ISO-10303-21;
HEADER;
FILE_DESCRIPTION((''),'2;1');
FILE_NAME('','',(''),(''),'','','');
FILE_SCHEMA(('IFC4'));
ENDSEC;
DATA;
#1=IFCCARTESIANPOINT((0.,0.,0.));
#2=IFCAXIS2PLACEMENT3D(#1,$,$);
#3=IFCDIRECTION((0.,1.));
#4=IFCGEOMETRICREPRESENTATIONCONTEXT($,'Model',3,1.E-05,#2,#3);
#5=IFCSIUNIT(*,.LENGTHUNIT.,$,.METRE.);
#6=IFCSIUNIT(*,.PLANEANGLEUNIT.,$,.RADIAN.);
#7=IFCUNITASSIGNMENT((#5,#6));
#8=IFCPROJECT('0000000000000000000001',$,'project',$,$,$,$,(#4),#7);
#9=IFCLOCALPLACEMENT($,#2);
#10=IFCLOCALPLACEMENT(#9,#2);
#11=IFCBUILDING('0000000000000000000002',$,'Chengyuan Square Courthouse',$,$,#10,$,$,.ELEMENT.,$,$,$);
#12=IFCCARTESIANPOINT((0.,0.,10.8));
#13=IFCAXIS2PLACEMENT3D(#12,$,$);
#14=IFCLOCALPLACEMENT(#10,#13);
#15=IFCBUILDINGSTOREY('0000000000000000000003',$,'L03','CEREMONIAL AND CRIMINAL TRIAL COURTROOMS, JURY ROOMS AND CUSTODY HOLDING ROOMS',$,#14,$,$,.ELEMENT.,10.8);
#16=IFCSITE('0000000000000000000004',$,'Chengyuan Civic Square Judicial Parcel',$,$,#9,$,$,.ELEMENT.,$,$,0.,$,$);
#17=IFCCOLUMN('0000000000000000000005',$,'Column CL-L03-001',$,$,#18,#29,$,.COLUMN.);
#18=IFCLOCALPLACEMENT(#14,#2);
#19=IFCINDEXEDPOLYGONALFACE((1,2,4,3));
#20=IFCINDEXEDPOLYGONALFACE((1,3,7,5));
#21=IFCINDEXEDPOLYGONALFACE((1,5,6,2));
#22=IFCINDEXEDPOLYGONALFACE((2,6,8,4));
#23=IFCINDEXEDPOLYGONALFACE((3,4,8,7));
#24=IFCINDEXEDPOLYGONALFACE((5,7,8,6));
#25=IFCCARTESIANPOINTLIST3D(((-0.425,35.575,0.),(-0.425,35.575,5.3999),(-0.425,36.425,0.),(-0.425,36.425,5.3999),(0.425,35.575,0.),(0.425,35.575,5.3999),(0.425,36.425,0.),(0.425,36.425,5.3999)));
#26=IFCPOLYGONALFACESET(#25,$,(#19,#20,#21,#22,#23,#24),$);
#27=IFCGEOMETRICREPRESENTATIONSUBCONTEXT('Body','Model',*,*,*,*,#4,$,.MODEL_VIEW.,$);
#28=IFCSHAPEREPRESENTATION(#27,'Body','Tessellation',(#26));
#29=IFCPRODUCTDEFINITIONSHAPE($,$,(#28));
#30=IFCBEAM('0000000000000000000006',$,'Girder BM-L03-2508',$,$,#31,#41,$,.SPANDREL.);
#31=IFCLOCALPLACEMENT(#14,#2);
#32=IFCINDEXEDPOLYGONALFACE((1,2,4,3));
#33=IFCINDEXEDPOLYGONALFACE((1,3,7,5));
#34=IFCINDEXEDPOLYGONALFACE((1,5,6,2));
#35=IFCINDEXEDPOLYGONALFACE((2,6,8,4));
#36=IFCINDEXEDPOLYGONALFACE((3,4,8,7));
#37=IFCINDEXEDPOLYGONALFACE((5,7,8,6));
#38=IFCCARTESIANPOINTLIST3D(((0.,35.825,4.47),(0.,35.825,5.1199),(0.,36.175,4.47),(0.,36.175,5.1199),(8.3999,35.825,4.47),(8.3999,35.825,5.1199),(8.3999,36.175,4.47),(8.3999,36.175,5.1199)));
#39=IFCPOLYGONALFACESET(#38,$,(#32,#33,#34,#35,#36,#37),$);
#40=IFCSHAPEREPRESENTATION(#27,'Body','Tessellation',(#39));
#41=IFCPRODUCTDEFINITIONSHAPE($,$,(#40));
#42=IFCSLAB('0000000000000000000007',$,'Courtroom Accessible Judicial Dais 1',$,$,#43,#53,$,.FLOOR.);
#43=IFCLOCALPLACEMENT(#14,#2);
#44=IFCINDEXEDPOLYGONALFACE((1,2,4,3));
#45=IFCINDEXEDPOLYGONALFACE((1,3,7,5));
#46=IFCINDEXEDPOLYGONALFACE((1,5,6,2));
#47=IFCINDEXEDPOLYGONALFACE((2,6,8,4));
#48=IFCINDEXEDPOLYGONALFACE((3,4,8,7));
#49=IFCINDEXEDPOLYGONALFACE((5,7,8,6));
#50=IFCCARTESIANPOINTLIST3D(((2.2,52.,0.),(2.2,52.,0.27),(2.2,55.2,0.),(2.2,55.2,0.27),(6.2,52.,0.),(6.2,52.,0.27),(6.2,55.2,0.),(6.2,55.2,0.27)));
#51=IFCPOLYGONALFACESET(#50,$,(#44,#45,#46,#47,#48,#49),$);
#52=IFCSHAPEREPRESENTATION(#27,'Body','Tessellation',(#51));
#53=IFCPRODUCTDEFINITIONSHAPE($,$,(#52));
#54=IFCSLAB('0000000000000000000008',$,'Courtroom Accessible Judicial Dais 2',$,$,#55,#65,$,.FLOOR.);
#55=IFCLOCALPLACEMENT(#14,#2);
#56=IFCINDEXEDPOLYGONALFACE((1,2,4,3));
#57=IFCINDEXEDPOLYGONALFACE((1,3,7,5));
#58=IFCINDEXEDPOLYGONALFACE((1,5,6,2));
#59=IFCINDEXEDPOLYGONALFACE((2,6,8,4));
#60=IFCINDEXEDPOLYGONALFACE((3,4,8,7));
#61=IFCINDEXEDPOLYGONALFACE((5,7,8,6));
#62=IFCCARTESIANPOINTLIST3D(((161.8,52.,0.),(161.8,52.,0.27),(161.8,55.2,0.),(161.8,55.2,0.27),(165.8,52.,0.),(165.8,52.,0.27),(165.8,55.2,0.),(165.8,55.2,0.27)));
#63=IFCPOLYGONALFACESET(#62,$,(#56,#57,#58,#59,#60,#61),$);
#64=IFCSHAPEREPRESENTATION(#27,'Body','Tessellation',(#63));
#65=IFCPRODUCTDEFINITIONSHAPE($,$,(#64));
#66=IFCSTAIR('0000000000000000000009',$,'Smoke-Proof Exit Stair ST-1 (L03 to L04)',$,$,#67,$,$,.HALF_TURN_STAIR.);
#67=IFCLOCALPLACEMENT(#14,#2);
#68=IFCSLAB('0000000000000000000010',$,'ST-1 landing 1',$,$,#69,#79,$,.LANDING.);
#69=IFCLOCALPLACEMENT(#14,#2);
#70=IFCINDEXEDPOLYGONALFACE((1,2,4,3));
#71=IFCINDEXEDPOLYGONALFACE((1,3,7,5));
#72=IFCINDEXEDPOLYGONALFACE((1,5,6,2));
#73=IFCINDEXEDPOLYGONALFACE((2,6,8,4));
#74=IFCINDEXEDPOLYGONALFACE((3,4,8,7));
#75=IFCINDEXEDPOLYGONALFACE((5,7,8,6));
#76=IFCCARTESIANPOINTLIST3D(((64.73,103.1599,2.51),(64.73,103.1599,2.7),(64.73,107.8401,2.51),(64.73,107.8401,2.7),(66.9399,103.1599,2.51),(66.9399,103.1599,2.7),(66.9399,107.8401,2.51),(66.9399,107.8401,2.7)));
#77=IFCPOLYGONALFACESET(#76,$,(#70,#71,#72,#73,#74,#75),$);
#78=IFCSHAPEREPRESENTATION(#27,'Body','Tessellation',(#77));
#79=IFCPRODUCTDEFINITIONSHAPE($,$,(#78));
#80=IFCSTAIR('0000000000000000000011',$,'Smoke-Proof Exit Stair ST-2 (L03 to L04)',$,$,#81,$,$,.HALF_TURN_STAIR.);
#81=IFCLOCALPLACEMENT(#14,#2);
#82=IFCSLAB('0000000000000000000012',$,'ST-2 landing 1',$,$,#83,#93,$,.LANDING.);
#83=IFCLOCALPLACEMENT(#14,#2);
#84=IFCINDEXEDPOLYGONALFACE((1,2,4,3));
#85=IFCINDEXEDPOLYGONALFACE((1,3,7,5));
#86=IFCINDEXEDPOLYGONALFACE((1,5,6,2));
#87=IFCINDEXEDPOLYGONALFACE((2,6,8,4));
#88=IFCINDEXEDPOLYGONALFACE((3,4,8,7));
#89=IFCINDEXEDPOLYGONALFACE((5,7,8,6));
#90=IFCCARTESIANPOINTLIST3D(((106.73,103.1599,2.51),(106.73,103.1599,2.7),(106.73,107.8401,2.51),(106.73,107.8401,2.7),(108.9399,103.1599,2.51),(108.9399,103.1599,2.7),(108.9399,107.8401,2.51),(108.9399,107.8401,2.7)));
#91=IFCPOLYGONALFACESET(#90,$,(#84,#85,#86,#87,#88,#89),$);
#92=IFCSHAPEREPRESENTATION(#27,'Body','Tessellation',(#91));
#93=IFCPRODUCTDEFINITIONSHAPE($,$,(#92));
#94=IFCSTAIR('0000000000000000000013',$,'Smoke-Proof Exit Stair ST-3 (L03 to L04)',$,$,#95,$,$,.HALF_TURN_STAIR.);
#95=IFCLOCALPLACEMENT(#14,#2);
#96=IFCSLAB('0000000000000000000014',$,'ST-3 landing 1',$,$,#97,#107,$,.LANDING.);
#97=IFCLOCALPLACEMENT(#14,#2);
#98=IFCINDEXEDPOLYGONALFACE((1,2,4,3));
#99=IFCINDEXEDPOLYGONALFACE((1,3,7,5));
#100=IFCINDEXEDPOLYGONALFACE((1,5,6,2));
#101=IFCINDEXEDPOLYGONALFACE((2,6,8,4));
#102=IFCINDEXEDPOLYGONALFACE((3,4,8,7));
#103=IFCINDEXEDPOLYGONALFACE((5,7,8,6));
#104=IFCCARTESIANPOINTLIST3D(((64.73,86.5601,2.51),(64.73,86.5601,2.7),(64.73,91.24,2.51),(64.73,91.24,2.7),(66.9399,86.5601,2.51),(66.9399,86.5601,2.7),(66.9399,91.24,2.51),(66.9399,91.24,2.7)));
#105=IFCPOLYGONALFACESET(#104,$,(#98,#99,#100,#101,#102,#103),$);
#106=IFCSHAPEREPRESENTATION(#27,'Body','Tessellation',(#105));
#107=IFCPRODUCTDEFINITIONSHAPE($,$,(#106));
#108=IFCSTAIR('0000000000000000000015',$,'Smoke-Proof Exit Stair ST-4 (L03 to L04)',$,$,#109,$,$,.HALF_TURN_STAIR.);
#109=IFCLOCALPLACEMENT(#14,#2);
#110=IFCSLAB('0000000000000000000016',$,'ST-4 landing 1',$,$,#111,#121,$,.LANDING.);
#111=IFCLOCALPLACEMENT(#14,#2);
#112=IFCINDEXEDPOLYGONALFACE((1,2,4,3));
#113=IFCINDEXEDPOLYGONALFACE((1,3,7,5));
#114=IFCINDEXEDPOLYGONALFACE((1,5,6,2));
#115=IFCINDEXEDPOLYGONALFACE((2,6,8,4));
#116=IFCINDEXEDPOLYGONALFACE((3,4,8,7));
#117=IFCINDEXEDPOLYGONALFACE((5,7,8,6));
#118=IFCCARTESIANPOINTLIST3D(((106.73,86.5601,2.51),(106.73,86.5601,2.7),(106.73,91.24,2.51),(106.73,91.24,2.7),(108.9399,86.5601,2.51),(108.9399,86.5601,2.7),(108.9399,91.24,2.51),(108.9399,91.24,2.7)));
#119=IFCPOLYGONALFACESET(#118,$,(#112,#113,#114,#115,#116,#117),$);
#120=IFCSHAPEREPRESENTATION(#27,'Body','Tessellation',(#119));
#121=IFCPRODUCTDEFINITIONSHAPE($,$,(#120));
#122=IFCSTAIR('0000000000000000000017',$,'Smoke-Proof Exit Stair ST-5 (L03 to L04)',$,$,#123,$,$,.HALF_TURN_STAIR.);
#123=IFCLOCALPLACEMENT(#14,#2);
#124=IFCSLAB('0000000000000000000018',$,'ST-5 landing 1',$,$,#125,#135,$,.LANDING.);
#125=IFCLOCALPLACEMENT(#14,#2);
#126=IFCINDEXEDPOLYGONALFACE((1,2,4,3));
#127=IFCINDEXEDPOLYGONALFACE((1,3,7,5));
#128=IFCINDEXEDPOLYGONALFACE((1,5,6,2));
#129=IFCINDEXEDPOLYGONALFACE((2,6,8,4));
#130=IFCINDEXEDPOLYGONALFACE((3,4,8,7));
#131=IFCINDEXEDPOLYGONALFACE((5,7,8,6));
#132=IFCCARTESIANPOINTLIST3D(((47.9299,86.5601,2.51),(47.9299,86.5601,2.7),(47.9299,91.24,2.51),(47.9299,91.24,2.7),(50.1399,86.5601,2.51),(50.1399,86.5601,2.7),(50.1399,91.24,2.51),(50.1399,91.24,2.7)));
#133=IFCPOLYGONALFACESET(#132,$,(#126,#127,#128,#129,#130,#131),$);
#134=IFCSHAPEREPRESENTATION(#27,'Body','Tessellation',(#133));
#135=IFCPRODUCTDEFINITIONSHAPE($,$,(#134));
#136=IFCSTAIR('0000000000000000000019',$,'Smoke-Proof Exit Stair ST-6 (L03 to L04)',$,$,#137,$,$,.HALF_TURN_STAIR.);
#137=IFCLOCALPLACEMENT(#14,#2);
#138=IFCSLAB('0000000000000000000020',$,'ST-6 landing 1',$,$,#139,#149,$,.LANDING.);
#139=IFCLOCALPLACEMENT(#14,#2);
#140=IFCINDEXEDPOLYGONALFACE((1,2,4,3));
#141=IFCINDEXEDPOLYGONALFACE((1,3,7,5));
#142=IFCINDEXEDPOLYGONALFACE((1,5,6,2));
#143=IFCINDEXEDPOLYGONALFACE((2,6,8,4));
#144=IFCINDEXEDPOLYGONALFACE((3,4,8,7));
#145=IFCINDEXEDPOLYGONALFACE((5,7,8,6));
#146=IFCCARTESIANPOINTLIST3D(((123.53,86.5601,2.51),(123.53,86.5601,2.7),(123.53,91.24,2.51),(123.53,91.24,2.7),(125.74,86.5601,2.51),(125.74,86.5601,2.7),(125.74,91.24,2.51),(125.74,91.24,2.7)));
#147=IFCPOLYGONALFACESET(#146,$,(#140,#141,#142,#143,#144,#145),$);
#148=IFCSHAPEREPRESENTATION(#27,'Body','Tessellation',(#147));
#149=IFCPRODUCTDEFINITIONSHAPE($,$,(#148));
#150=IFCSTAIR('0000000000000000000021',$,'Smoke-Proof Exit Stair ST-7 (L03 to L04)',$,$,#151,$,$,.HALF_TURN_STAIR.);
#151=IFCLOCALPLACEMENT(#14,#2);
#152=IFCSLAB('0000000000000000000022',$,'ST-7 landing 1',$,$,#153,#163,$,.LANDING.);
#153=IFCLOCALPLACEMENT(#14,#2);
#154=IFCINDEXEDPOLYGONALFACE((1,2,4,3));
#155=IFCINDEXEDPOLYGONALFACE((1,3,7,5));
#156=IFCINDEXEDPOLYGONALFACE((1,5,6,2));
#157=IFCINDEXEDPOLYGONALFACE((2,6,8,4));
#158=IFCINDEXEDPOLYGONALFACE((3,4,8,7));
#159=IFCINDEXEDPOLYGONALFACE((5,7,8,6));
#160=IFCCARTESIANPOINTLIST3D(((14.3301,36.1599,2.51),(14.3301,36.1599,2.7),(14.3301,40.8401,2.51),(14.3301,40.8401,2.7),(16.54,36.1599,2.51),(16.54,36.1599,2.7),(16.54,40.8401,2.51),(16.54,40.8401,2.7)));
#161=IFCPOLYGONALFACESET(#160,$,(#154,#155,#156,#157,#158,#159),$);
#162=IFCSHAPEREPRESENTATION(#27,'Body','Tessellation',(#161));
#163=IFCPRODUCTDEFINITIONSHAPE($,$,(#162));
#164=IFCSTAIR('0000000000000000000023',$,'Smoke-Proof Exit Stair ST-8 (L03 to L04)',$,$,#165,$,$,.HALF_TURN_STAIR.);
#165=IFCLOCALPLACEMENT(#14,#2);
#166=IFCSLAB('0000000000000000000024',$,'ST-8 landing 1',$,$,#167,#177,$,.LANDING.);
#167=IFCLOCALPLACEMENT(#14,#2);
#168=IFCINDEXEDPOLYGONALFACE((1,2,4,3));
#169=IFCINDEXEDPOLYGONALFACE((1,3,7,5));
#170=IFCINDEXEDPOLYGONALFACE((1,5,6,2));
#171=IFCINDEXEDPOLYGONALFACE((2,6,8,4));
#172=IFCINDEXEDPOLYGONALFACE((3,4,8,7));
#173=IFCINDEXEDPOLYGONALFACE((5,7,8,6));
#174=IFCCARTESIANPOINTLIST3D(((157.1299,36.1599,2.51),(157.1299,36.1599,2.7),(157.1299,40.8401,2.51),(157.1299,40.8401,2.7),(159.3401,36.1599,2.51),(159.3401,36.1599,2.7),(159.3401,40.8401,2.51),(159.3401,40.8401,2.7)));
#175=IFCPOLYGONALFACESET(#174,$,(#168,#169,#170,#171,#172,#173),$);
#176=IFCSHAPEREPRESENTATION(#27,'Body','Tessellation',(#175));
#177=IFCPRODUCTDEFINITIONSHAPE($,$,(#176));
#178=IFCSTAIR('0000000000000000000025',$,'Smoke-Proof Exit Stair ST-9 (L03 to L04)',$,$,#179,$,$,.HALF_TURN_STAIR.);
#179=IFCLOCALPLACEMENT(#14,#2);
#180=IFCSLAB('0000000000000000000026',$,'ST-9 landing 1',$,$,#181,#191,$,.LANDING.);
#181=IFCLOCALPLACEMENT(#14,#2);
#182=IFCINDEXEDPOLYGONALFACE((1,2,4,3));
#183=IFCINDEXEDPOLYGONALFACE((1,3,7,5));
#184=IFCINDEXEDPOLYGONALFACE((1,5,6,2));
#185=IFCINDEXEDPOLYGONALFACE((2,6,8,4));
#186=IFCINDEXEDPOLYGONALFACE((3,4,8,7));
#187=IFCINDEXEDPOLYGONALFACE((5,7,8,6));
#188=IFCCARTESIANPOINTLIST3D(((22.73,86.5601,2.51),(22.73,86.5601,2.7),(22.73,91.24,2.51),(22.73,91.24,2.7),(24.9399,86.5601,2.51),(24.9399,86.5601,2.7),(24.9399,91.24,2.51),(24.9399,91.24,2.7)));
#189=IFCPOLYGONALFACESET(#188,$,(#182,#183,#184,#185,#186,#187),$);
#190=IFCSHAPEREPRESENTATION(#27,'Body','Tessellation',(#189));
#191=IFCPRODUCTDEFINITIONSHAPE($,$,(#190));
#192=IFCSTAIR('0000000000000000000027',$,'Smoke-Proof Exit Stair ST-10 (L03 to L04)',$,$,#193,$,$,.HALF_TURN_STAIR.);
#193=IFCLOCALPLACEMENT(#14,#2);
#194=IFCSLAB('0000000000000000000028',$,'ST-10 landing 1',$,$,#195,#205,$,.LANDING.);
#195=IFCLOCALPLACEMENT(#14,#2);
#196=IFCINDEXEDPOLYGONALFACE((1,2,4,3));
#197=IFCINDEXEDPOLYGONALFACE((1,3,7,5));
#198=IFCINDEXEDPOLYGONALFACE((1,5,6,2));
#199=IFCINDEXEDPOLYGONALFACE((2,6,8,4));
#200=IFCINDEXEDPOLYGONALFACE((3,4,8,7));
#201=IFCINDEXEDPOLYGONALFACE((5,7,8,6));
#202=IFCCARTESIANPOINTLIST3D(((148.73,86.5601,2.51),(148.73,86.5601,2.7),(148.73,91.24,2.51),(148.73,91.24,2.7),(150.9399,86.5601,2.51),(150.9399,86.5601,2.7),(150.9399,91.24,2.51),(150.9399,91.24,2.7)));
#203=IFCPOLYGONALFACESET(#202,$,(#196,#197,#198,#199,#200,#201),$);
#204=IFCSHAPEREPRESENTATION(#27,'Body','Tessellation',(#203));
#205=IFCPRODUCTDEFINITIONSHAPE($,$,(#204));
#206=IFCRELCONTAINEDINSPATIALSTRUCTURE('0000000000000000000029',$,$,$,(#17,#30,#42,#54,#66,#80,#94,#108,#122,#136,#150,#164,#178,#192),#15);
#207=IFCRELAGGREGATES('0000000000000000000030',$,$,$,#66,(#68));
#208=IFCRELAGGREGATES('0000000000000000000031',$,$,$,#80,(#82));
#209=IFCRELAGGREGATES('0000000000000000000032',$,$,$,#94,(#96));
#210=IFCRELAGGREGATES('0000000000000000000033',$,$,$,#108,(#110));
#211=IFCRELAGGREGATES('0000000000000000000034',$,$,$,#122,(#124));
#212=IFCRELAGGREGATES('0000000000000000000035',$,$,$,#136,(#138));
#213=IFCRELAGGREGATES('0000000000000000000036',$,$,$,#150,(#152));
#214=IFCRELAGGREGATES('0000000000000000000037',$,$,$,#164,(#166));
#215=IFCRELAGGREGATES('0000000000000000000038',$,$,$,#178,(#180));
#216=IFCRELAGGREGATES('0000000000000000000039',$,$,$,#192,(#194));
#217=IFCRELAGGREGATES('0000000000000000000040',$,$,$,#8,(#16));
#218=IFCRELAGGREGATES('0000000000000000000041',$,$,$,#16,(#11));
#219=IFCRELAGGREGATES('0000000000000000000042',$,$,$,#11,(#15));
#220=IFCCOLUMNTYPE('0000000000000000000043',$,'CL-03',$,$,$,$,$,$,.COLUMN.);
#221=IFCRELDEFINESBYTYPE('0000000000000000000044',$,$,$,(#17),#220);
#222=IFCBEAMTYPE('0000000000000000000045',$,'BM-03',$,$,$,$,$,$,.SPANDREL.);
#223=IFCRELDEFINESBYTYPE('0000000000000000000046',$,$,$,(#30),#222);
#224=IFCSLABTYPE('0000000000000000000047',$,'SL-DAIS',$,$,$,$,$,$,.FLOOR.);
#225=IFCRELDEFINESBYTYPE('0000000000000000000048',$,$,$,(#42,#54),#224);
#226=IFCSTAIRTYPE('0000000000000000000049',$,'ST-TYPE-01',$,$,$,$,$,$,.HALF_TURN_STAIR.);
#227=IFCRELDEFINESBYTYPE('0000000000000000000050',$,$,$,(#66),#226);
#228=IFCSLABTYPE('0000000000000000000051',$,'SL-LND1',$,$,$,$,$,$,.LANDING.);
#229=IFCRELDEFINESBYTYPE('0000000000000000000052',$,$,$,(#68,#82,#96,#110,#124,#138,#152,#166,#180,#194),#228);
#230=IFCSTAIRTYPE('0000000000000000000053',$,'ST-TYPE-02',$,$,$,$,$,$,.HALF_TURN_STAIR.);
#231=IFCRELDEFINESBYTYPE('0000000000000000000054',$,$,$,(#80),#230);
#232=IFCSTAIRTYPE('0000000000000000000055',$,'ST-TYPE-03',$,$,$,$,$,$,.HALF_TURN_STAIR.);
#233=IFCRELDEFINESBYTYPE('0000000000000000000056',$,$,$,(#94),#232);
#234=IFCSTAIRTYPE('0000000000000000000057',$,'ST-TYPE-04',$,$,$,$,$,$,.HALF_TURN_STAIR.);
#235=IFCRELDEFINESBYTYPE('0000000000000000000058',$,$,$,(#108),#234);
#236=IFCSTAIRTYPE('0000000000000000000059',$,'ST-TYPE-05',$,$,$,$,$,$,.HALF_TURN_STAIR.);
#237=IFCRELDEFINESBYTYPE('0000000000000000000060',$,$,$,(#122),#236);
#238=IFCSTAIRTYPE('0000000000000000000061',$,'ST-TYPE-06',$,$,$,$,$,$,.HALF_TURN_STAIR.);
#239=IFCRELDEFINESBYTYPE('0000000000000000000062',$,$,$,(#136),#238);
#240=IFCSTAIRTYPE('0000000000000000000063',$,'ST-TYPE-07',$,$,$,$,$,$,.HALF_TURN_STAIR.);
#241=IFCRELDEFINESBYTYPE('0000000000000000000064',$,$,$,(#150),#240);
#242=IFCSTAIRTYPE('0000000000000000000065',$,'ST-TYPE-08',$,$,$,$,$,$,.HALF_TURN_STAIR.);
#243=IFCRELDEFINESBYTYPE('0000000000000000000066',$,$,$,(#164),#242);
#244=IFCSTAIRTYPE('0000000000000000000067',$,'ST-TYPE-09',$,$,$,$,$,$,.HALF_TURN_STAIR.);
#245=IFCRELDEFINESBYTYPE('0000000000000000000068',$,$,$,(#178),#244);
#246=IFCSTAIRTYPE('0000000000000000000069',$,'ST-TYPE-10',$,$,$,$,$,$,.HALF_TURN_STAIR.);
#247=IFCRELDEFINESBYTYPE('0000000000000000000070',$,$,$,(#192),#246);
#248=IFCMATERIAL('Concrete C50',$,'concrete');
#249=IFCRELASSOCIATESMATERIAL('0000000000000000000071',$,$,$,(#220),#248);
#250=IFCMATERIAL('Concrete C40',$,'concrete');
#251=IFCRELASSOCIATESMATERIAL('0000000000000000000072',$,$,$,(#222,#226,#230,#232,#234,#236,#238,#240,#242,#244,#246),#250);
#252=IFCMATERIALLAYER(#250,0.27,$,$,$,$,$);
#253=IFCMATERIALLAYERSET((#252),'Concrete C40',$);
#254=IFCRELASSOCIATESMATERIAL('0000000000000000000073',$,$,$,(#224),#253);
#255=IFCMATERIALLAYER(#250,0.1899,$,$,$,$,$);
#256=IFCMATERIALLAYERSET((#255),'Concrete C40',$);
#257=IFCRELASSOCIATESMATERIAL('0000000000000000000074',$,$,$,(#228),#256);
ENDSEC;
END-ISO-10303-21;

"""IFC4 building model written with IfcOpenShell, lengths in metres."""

from ifc_helpers import new_model, si_unit, direction, frame, origin, origin_2d, place, context, subcontext, project, spatial, polyline, rectangle, outline, extrude, material, layer, layer_set, material_profile, profile_set, type_object, element, aggregate, save


model = new_model("IFC4")

# Units and contexts
model_context = context("Model", 3, precision=1e-05, world=origin(), true_north=direction((0.0, 1.0)))
body_context = subcontext(model_context, "Body", "Model", "MODEL_VIEW")
ifc_project = project(units=[si_unit("LENGTHUNIT", "METRE"), si_unit("PLANEANGLEUNIT", "RADIAN")], contexts=[model_context])

# Site, building, storey
site_placement = place(None, origin())
site = spatial("IfcSite", under=ifc_project, at=site_placement, Name="Chengyuan Civic Square Judicial Parcel", CompositionType="ELEMENT", RefElevation=0.0)
building_placement = place(site_placement, origin())
building = spatial("IfcBuilding", under=site, at=building_placement, Name="Chengyuan Square Courthouse", CompositionType="ELEMENT")
storey_placement = place(building_placement, frame((0.0, 0.0, 10.8)))
storey = spatial("IfcBuildingStorey", under=building, at=storey_placement, Name="L03", Description="CEREMONIAL AND CRIMINAL TRIAL COURTROOMS, JURY ROOMS AND CUSTODY HOLDING ROOMS", CompositionType="ELEMENT", Elevation=10.8)

# Column
ifc_material_1 = material(Name="Concrete C50", Category="concrete")
ifc_material_profile_1 = material_profile(ifc_material_1, rectangle(XDim=0.8501, YDim=0.8501, at=origin_2d()), Name="RC-COL-850x850")
ifc_profile_set_1 = profile_set([ifc_material_profile_1], Name="Concrete C50")
column_type = type_object("IfcColumnType", Name="CL-03", PredefinedType="COLUMN", material=ifc_profile_set_1)
column_placement = place(storey_placement, frame((0.0, 36.0, 0.0), z_axis=(0.0, 0.0, 1.0), x_axis=(1.0, 0.0, 0.0)))
element("IfcColumn", 1, at=column_placement, inside=storey, type_object=column_type, Name="Column CL-L03-001", PredefinedType="COLUMN", context=body_context, shape_type="SweptSolid", body=[
    extrude(rectangle(XDim=0.8501, YDim=0.8501, at=origin_2d()), origin(), (0.0, 0.0, 1.0), 5.3999),
])

# Beam
ifc_material_2 = material(Name="Concrete C40", Category="concrete")
ifc_material_profile_2 = material_profile(ifc_material_2, rectangle(XDim=0.3501, YDim=0.6499, at=origin_2d()), Name="RC-BM-350x650")
ifc_profile_set_2 = profile_set([ifc_material_profile_2], Name="Concrete C40")
beam_type = type_object("IfcBeamType", Name="BM-03", PredefinedType="SPANDREL", material=ifc_profile_set_2)
beam_placement = place(storey_placement, frame((0.0, 36.0, 4.7949), z_axis=(1.0, 0.0, 0.0), x_axis=(0.0, 1.0, 0.0)))
element("IfcBeam", 2, at=beam_placement, inside=storey, type_object=beam_type, Name="Girder BM-L03-2508", PredefinedType="SPANDREL", context=body_context, shape_type="SweptSolid", body=[
    extrude(rectangle(XDim=0.3501, YDim=0.6499, at=origin_2d()), origin(), (0.0, 0.0, 1.0), 8.3999),
])

# Slabs
ifc_layer_1 = layer(ifc_material_2, 0.27)
ifc_layer_set_1 = layer_set([ifc_layer_1], Name="Concrete C40")
slab_type_1 = type_object("IfcSlabType", Name="SL-DAIS", PredefinedType="FLOOR", material=ifc_layer_set_1)
slab_1_placement = place(storey_placement, origin())
element("IfcSlab", 3, at=slab_1_placement, inside=storey, type_object=slab_type_1, Name="Courtroom Accessible Judicial Dais 1", PredefinedType="FLOOR", context=body_context, shape_type="SweptSolid", body=[
    extrude(outline(polyline([(2.2, 52.0), (6.2, 52.0), (6.2, 55.2), (2.2, 55.2), (2.2, 52.0)])), origin(), (0.0, 0.0, 1.0), 0.27),
])
slab_2_placement = place(storey_placement, origin())
element("IfcSlab", 4, at=slab_2_placement, inside=storey, type_object=slab_type_1, Name="Courtroom Accessible Judicial Dais 2", PredefinedType="FLOOR", context=body_context, shape_type="SweptSolid", body=[
    extrude(outline(polyline([(161.8, 52.0), (165.8, 52.0), (165.8, 55.2), (161.8, 55.2), (161.8, 52.0)])), origin(), (0.0, 0.0, 1.0), 0.27),
])

# Stairs, slabs
stair_type_1 = type_object("IfcStairType", Name="ST-TYPE-01", PredefinedType="HALF_TURN_STAIR", material=ifc_material_2)
stair_1_placement = place(storey_placement, origin())
stair_1 = element("IfcStair", 5, at=stair_1_placement, inside=storey, type_object=stair_type_1, Name="Smoke-Proof Exit Stair ST-1 (L03 to L04)", PredefinedType="HALF_TURN_STAIR")
ifc_layer_2 = layer(ifc_material_2, 0.1899)
ifc_layer_set_2 = layer_set([ifc_layer_2], Name="Concrete C40")
slab_type_2 = type_object("IfcSlabType", Name="SL-LND1", PredefinedType="LANDING", material=ifc_layer_set_2)
slab_3_placement = place(storey_placement, frame((0.0, 0.0, 2.51)))
slab_3 = element("IfcSlab", 6, at=slab_3_placement, type_object=slab_type_2, Name="ST-1 landing 1", PredefinedType="LANDING", context=body_context, shape_type="SweptSolid", body=[
    extrude(outline(polyline([(64.73, 103.1599), (66.9399, 103.1599), (66.9399, 107.8401), (64.73, 107.8401), (64.73, 103.1599)])), origin(), (0.0, 0.0, 1.0), 0.1899),
])
aggregate(stair_1, [slab_3])
stair_type_2 = type_object("IfcStairType", Name="ST-TYPE-02", PredefinedType="HALF_TURN_STAIR", material=ifc_material_2)
stair_2_placement = place(storey_placement, origin())
stair_2 = element("IfcStair", 7, at=stair_2_placement, inside=storey, type_object=stair_type_2, Name="Smoke-Proof Exit Stair ST-2 (L03 to L04)", PredefinedType="HALF_TURN_STAIR")
slab_4_placement = place(storey_placement, frame((0.0, 0.0, 2.51)))
slab_4 = element("IfcSlab", 8, at=slab_4_placement, type_object=slab_type_2, Name="ST-2 landing 1", PredefinedType="LANDING", context=body_context, shape_type="SweptSolid", body=[
    extrude(outline(polyline([(106.73, 103.1599), (108.9399, 103.1599), (108.9399, 107.8401), (106.73, 107.8401), (106.73, 103.1599)])), origin(), (0.0, 0.0, 1.0), 0.1899),
])
aggregate(stair_2, [slab_4])
stair_type_3 = type_object("IfcStairType", Name="ST-TYPE-03", PredefinedType="HALF_TURN_STAIR", material=ifc_material_2)
stair_3_placement = place(storey_placement, origin())
stair_3 = element("IfcStair", 9, at=stair_3_placement, inside=storey, type_object=stair_type_3, Name="Smoke-Proof Exit Stair ST-3 (L03 to L04)", PredefinedType="HALF_TURN_STAIR")
slab_5_placement = place(storey_placement, frame((0.0, 0.0, 2.51)))
slab_5 = element("IfcSlab", 10, at=slab_5_placement, type_object=slab_type_2, Name="ST-3 landing 1", PredefinedType="LANDING", context=body_context, shape_type="SweptSolid", body=[
    extrude(outline(polyline([(64.73, 86.5601), (66.9399, 86.5601), (66.9399, 91.24), (64.73, 91.24), (64.73, 86.5601)])), origin(), (0.0, 0.0, 1.0), 0.1899),
])
aggregate(stair_3, [slab_5])
stair_type_4 = type_object("IfcStairType", Name="ST-TYPE-04", PredefinedType="HALF_TURN_STAIR", material=ifc_material_2)
stair_4_placement = place(storey_placement, origin())
stair_4 = element("IfcStair", 11, at=stair_4_placement, inside=storey, type_object=stair_type_4, Name="Smoke-Proof Exit Stair ST-4 (L03 to L04)", PredefinedType="HALF_TURN_STAIR")
slab_6_placement = place(storey_placement, frame((0.0, 0.0, 2.51)))
slab_6 = element("IfcSlab", 12, at=slab_6_placement, type_object=slab_type_2, Name="ST-4 landing 1", PredefinedType="LANDING", context=body_context, shape_type="SweptSolid", body=[
    extrude(outline(polyline([(106.73, 86.5601), (108.9399, 86.5601), (108.9399, 91.24), (106.73, 91.24), (106.73, 86.5601)])), origin(), (0.0, 0.0, 1.0), 0.1899),
])
aggregate(stair_4, [slab_6])
stair_type_5 = type_object("IfcStairType", Name="ST-TYPE-05", PredefinedType="HALF_TURN_STAIR", material=ifc_material_2)
stair_5_placement = place(storey_placement, origin())
stair_5 = element("IfcStair", 13, at=stair_5_placement, inside=storey, type_object=stair_type_5, Name="Smoke-Proof Exit Stair ST-5 (L03 to L04)", PredefinedType="HALF_TURN_STAIR")
slab_7_placement = place(storey_placement, frame((0.0, 0.0, 2.51)))
slab_7 = element("IfcSlab", 14, at=slab_7_placement, type_object=slab_type_2, Name="ST-5 landing 1", PredefinedType="LANDING", context=body_context, shape_type="SweptSolid", body=[
    extrude(outline(polyline([(47.9299, 86.5601), (50.1399, 86.5601), (50.1399, 91.24), (47.9299, 91.24), (47.9299, 86.5601)])), origin(), (0.0, 0.0, 1.0), 0.1899),
])
aggregate(stair_5, [slab_7])
stair_type_6 = type_object("IfcStairType", Name="ST-TYPE-06", PredefinedType="HALF_TURN_STAIR", material=ifc_material_2)
stair_6_placement = place(storey_placement, origin())
stair_6 = element("IfcStair", 15, at=stair_6_placement, inside=storey, type_object=stair_type_6, Name="Smoke-Proof Exit Stair ST-6 (L03 to L04)", PredefinedType="HALF_TURN_STAIR")
slab_8_placement = place(storey_placement, frame((0.0, 0.0, 2.51)))
slab_8 = element("IfcSlab", 16, at=slab_8_placement, type_object=slab_type_2, Name="ST-6 landing 1", PredefinedType="LANDING", context=body_context, shape_type="SweptSolid", body=[
    extrude(outline(polyline([(123.53, 86.5601), (125.74, 86.5601), (125.74, 91.24), (123.53, 91.24), (123.53, 86.5601)])), origin(), (0.0, 0.0, 1.0), 0.1899),
])
aggregate(stair_6, [slab_8])
stair_type_7 = type_object("IfcStairType", Name="ST-TYPE-07", PredefinedType="HALF_TURN_STAIR", material=ifc_material_2)
stair_7_placement = place(storey_placement, origin())
stair_7 = element("IfcStair", 17, at=stair_7_placement, inside=storey, type_object=stair_type_7, Name="Smoke-Proof Exit Stair ST-7 (L03 to L04)", PredefinedType="HALF_TURN_STAIR")
slab_9_placement = place(storey_placement, frame((0.0, 0.0, 2.51)))
slab_9 = element("IfcSlab", 18, at=slab_9_placement, type_object=slab_type_2, Name="ST-7 landing 1", PredefinedType="LANDING", context=body_context, shape_type="SweptSolid", body=[
    extrude(outline(polyline([(14.3301, 36.1599), (16.54, 36.1599), (16.54, 40.8401), (14.3301, 40.8401), (14.3301, 36.1599)])), origin(), (0.0, 0.0, 1.0), 0.1899),
])
aggregate(stair_7, [slab_9])
stair_type_8 = type_object("IfcStairType", Name="ST-TYPE-08", PredefinedType="HALF_TURN_STAIR", material=ifc_material_2)
stair_8_placement = place(storey_placement, origin())
stair_8 = element("IfcStair", 19, at=stair_8_placement, inside=storey, type_object=stair_type_8, Name="Smoke-Proof Exit Stair ST-8 (L03 to L04)", PredefinedType="HALF_TURN_STAIR")
slab_10_placement = place(storey_placement, frame((0.0, 0.0, 2.51)))
slab_10 = element("IfcSlab", 20, at=slab_10_placement, type_object=slab_type_2, Name="ST-8 landing 1", PredefinedType="LANDING", context=body_context, shape_type="SweptSolid", body=[
    extrude(outline(polyline([(157.1299, 36.1599), (159.3401, 36.1599), (159.3401, 40.8401), (157.1299, 40.8401), (157.1299, 36.1599)])), origin(), (0.0, 0.0, 1.0), 0.1899),
])
aggregate(stair_8, [slab_10])
stair_type_9 = type_object("IfcStairType", Name="ST-TYPE-09", PredefinedType="HALF_TURN_STAIR", material=ifc_material_2)
stair_9_placement = place(storey_placement, origin())
stair_9 = element("IfcStair", 21, at=stair_9_placement, inside=storey, type_object=stair_type_9, Name="Smoke-Proof Exit Stair ST-9 (L03 to L04)", PredefinedType="HALF_TURN_STAIR")
slab_11_placement = place(storey_placement, frame((0.0, 0.0, 2.51)))
slab_11 = element("IfcSlab", 22, at=slab_11_placement, type_object=slab_type_2, Name="ST-9 landing 1", PredefinedType="LANDING", context=body_context, shape_type="SweptSolid", body=[
    extrude(outline(polyline([(22.73, 86.5601), (24.9399, 86.5601), (24.9399, 91.24), (22.73, 91.24), (22.73, 86.5601)])), origin(), (0.0, 0.0, 1.0), 0.1899),
])
aggregate(stair_9, [slab_11])
stair_type_10 = type_object("IfcStairType", Name="ST-TYPE-10", PredefinedType="HALF_TURN_STAIR", material=ifc_material_2)
stair_10_placement = place(storey_placement, origin())
stair_10 = element("IfcStair", 23, at=stair_10_placement, inside=storey, type_object=stair_type_10, Name="Smoke-Proof Exit Stair ST-10 (L03 to L04)", PredefinedType="HALF_TURN_STAIR")
slab_12_placement = place(storey_placement, frame((0.0, 0.0, 2.51)))
slab_12 = element("IfcSlab", 24, at=slab_12_placement, type_object=slab_type_2, Name="ST-10 landing 1", PredefinedType="LANDING", context=body_context, shape_type="SweptSolid", body=[
    extrude(outline(polyline([(148.73, 86.5601), (150.9399, 86.5601), (150.9399, 91.24), (148.73, 91.24), (148.73, 86.5601)])), origin(), (0.0, 0.0, 1.0), 0.1899),
])
aggregate(stair_10, [slab_12])

save(model, "model.ifc")
